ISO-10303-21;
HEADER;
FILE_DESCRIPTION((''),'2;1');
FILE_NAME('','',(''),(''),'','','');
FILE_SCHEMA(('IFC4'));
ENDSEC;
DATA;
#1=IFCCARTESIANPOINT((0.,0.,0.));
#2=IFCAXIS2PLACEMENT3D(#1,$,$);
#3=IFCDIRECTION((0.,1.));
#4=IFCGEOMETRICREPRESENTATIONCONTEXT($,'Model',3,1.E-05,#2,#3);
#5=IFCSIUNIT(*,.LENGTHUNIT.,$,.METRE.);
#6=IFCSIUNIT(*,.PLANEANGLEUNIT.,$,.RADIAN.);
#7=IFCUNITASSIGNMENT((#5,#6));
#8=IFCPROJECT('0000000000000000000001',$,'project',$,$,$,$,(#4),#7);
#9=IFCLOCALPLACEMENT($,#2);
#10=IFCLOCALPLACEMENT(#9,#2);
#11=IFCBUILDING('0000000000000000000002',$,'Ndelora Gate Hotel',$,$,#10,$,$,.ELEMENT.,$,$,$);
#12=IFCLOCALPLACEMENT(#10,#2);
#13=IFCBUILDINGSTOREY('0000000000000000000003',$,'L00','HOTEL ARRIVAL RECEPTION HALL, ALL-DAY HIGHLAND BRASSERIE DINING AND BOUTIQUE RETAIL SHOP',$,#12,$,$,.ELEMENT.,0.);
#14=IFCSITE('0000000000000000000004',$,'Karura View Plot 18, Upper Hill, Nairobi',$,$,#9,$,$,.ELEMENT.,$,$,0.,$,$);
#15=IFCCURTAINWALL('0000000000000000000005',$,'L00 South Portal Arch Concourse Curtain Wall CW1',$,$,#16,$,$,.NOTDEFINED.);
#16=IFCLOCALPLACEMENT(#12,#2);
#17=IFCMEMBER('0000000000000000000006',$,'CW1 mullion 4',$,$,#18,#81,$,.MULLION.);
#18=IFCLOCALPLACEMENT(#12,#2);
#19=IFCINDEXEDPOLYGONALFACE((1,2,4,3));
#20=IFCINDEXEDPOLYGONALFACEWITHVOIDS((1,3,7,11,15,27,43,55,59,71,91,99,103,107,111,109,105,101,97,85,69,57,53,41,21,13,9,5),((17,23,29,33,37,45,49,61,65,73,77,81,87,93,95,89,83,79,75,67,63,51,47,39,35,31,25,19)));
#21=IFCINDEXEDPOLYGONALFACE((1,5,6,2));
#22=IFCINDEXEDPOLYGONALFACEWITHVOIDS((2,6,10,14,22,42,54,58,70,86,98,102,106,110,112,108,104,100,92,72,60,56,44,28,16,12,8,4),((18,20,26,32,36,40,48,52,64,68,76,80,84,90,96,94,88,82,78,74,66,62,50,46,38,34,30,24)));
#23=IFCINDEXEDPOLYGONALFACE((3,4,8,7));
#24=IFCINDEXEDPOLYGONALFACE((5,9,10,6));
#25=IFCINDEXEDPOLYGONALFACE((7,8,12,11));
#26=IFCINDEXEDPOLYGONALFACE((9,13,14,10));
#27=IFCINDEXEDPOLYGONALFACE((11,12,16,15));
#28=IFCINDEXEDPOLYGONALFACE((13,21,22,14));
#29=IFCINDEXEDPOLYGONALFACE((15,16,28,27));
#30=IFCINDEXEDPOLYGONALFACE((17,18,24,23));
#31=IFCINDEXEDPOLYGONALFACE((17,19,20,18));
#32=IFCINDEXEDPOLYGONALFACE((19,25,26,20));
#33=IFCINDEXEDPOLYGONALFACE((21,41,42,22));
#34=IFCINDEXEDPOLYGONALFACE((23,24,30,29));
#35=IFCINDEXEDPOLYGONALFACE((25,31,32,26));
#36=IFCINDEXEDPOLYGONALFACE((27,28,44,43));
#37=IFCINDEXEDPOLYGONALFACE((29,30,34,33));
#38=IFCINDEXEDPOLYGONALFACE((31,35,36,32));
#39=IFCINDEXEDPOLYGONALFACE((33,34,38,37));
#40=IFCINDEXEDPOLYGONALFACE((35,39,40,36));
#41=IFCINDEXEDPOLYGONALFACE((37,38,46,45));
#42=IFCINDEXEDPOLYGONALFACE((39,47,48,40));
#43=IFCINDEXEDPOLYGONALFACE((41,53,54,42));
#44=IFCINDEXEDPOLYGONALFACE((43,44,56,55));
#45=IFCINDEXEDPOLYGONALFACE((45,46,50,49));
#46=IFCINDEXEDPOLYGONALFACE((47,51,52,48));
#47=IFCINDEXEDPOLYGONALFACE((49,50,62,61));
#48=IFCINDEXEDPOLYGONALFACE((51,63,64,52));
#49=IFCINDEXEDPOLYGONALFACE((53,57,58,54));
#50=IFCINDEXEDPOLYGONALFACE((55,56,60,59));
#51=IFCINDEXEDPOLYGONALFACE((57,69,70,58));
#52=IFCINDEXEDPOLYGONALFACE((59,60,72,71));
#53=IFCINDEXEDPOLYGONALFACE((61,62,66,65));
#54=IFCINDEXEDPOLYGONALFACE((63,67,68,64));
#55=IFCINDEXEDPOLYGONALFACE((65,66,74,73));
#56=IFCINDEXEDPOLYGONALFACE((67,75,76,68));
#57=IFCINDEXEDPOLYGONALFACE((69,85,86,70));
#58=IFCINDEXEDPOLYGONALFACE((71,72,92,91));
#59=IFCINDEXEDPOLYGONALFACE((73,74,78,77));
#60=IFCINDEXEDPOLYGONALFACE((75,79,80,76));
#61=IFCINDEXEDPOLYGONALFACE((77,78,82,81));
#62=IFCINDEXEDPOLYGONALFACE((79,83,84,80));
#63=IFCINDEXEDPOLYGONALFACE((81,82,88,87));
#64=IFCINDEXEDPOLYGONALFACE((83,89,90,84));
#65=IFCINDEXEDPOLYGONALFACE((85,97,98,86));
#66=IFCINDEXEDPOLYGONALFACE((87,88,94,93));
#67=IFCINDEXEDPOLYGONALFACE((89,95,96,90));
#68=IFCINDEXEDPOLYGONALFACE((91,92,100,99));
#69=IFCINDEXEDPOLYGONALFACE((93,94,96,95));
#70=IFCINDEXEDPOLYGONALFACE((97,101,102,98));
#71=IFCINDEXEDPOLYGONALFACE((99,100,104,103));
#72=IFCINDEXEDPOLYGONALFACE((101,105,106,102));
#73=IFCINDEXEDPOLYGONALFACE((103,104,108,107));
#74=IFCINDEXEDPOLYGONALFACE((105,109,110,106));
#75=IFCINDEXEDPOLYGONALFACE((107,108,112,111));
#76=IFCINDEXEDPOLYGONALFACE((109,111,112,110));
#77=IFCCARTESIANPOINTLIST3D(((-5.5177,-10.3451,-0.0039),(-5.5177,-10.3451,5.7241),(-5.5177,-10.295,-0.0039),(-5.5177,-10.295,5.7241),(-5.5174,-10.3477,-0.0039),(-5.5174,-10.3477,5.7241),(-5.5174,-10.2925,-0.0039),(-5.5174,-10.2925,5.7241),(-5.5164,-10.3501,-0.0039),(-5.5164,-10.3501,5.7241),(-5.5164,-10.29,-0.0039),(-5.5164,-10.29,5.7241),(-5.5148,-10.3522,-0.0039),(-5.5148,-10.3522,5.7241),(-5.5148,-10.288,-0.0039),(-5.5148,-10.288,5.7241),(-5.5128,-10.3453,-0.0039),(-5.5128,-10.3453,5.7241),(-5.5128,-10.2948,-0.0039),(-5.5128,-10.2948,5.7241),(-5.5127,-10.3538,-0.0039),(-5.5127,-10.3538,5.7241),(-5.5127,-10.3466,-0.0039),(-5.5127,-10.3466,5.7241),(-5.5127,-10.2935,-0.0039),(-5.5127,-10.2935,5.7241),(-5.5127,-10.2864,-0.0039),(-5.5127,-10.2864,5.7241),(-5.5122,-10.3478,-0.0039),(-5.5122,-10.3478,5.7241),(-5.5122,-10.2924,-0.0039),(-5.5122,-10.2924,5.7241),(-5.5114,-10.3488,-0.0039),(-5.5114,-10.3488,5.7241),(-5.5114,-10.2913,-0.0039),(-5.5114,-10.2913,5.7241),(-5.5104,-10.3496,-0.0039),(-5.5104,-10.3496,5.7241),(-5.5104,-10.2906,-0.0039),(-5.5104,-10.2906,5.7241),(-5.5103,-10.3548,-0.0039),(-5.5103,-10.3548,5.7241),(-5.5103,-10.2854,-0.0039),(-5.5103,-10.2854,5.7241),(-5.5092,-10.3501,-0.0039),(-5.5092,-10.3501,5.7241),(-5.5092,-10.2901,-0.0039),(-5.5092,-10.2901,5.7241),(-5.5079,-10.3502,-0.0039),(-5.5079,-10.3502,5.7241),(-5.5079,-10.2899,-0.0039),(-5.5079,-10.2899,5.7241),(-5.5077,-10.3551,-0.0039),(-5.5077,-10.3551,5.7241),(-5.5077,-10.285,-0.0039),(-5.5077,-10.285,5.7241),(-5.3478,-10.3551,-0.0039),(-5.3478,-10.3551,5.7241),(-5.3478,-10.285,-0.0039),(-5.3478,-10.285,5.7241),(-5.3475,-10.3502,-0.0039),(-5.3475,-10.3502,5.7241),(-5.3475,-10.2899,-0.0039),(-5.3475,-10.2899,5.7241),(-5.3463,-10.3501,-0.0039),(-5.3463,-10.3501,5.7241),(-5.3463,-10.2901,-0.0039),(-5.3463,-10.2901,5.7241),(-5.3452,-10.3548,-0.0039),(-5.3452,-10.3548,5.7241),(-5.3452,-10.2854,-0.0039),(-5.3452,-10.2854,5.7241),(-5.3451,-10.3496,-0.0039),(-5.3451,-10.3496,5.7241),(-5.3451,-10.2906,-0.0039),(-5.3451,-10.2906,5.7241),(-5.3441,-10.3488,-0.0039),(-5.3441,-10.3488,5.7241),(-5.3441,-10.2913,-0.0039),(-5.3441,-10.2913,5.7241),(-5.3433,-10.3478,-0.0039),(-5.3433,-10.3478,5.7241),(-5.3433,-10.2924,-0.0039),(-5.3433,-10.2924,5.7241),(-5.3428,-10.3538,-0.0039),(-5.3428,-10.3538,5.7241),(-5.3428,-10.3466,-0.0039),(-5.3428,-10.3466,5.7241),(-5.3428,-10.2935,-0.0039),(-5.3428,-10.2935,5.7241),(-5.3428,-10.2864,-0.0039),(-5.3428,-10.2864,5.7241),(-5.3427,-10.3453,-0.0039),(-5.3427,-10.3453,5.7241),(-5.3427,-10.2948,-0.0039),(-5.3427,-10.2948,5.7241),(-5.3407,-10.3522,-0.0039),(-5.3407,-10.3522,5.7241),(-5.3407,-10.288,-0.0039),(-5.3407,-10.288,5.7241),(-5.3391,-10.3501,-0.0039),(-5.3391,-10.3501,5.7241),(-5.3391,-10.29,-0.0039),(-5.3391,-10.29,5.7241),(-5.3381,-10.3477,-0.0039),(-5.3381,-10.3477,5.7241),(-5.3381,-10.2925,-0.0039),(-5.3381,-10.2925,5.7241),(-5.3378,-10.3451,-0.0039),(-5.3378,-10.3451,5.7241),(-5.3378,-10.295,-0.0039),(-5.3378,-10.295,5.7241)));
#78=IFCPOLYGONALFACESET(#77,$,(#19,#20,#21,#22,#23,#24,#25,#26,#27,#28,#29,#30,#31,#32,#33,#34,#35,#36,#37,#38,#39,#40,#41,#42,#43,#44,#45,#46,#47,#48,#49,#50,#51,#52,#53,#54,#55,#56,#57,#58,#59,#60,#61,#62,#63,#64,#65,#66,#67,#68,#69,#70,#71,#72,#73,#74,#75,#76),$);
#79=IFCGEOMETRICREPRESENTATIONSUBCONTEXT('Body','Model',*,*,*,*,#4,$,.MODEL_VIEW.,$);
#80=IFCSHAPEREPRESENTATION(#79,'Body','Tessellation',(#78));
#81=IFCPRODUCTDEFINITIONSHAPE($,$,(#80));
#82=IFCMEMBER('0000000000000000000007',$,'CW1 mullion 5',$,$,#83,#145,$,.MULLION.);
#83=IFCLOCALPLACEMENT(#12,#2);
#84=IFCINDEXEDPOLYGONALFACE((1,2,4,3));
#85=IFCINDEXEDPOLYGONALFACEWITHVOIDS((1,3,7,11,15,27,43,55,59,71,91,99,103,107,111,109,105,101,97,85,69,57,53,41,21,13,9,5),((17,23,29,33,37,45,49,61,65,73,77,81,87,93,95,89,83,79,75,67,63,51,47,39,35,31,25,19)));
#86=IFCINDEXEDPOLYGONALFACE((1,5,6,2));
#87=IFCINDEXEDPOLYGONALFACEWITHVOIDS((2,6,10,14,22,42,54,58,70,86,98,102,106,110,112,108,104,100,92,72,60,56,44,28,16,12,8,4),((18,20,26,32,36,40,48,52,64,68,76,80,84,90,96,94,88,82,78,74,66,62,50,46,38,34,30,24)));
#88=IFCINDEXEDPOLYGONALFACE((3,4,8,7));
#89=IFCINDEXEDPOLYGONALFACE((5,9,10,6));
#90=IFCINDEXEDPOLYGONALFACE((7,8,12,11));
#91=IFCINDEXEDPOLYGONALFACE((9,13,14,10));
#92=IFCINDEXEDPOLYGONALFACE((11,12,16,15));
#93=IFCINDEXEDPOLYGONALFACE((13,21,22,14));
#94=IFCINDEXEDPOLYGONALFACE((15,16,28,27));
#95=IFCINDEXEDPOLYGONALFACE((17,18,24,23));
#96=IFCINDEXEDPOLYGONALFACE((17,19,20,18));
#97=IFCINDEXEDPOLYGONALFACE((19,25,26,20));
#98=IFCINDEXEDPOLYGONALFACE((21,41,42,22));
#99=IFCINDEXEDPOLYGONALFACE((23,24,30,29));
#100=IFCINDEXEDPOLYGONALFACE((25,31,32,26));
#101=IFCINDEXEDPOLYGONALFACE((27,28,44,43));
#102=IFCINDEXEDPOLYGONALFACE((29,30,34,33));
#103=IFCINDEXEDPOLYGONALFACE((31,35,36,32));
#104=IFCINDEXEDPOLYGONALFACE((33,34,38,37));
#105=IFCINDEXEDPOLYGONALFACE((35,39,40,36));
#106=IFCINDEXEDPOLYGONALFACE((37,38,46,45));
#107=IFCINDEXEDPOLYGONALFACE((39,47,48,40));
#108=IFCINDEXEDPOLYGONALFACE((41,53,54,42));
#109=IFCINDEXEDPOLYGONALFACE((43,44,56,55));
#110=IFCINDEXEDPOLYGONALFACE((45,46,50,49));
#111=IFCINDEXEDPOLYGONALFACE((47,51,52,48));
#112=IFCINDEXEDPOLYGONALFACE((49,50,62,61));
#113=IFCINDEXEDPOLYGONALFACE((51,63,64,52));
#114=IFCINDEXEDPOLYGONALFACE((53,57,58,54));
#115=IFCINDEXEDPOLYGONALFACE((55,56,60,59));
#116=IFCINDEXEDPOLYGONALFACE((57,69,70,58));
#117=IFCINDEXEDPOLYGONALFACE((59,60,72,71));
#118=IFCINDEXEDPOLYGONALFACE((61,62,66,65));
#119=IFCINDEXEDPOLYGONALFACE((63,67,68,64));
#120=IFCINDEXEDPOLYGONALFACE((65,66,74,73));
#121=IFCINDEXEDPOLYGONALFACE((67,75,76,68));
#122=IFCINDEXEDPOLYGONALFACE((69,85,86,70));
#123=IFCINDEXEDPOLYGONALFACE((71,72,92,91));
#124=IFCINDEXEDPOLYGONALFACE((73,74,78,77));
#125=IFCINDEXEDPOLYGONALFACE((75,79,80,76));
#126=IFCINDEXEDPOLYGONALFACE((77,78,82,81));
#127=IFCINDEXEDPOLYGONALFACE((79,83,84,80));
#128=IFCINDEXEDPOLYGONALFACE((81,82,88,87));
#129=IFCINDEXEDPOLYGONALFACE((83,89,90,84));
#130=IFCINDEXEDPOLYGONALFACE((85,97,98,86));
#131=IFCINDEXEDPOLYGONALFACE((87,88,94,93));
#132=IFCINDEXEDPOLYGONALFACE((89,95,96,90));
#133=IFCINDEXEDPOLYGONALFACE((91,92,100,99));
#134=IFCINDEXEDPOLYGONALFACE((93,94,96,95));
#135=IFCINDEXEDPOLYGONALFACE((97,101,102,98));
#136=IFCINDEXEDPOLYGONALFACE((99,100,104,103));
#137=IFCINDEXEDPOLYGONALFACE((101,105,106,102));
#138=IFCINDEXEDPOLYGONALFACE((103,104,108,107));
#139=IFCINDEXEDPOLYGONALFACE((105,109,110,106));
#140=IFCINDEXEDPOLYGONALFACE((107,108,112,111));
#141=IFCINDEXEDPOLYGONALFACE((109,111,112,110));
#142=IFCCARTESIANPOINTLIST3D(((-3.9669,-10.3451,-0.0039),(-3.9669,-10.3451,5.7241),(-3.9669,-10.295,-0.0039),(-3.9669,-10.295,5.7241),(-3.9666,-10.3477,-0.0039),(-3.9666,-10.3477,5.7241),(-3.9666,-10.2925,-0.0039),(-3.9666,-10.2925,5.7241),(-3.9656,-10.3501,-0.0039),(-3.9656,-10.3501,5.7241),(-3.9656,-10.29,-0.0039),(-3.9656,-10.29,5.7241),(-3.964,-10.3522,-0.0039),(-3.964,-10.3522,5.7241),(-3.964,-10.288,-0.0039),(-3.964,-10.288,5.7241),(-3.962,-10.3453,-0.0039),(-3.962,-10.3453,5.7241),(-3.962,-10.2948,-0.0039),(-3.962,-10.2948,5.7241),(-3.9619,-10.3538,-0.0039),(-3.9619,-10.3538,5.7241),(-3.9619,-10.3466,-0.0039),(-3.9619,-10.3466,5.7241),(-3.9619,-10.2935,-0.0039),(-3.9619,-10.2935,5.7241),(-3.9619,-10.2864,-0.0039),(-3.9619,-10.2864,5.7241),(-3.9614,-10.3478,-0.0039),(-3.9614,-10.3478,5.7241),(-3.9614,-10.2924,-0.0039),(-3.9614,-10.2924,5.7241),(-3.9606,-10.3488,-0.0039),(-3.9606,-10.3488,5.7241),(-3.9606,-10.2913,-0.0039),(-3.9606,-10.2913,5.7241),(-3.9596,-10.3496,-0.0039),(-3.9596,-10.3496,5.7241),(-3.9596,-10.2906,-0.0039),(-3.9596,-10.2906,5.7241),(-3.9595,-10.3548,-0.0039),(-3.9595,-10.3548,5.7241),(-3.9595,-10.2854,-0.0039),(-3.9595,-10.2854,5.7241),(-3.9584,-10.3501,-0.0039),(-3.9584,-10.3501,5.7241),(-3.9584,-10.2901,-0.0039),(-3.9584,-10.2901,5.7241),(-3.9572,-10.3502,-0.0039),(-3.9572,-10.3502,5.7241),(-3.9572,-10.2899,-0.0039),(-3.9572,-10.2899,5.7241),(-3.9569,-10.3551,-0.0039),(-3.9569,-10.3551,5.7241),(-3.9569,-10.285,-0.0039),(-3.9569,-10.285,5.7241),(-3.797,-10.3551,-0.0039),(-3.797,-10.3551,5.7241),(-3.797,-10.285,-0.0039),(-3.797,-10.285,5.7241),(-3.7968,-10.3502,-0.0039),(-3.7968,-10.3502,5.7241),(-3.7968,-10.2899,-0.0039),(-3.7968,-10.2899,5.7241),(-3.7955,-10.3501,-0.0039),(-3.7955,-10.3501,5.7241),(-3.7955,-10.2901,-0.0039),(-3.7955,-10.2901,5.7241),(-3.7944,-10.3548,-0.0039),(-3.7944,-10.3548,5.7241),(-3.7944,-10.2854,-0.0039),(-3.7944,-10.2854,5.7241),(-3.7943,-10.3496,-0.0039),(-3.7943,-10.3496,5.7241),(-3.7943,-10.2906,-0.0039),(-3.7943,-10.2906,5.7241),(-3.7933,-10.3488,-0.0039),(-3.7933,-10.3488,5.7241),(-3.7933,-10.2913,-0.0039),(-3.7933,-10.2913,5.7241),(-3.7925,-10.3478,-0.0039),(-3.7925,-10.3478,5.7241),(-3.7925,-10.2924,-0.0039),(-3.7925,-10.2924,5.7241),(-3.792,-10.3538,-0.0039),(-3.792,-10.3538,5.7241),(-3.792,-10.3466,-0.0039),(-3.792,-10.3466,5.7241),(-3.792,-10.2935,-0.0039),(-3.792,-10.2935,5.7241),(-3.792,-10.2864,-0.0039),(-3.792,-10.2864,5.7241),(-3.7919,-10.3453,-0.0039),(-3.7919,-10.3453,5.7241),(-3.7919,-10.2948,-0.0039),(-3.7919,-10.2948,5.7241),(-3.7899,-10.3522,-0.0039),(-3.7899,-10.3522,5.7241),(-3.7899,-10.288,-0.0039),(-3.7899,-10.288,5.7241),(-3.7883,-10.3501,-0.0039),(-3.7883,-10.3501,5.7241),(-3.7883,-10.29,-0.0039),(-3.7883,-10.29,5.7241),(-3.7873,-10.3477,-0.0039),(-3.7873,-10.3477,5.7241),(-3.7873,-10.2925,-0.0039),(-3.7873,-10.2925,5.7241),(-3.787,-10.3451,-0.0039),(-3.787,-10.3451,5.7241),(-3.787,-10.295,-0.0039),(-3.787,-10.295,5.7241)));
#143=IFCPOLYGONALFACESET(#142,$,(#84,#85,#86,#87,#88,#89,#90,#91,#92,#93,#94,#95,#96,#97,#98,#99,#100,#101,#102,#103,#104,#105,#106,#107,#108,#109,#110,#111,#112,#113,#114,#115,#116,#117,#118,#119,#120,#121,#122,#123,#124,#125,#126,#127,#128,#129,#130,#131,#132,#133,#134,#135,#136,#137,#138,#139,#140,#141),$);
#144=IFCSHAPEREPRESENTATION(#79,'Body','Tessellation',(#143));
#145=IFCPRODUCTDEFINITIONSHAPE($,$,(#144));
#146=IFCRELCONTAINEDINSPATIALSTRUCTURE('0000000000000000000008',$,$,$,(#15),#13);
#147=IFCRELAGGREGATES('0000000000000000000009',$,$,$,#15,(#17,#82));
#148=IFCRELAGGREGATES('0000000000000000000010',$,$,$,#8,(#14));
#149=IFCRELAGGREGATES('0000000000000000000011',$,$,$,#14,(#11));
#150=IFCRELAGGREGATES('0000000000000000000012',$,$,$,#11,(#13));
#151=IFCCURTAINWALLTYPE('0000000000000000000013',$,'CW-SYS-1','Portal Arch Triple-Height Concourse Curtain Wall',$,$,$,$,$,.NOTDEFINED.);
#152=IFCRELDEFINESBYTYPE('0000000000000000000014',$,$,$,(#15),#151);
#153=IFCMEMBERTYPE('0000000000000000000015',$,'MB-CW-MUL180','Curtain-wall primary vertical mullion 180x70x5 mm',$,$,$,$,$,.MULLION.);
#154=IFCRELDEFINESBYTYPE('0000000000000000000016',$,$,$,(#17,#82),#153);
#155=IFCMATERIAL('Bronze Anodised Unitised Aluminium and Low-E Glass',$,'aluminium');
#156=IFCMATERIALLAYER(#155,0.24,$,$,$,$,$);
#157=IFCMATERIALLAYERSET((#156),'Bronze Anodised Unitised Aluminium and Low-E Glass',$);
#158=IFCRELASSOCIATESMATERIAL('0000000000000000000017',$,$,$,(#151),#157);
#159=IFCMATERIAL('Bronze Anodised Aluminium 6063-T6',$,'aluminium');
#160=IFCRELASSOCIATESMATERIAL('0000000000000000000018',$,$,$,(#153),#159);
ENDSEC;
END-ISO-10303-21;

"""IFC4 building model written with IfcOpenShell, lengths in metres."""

from ifc_helpers import new_model, si_unit, direction, frame, origin, origin_2d, place, context, subcontext, project, spatial, hollow_rectangle, extrude, material, layer, layer_set, material_profile, profile_set, type_object, element, aggregate, save


model = new_model("IFC4")

# Units and contexts
model_context = context("Model", 3, precision=1e-05, world=origin(), true_north=direction((0.0, 1.0)))
body_context = subcontext(model_context, "Body", "Model", "MODEL_VIEW")
ifc_project = project(units=[si_unit("LENGTHUNIT", "METRE"), si_unit("PLANEANGLEUNIT", "RADIAN")], contexts=[model_context])

# Site, building, storey
site_placement = place(None, origin())
site = spatial("IfcSite", under=ifc_project, at=site_placement, Name="Karura View Plot 18, Upper Hill, Nairobi", CompositionType="ELEMENT", RefElevation=0.0)
building_placement = place(site_placement, origin())
building = spatial("IfcBuilding", under=site, at=building_placement, Name="Ndelora Gate Hotel", CompositionType="ELEMENT")
storey_placement = place(building_placement, origin())
storey = spatial("IfcBuildingStorey", under=building, at=storey_placement, Name="L00", Description="HOTEL ARRIVAL RECEPTION HALL, ALL-DAY HIGHLAND BRASSERIE DINING AND BOUTIQUE RETAIL SHOP", CompositionType="ELEMENT", Elevation=0.0)

# Curtain wall, members
ifc_material_1 = material(Name="Bronze Anodised Unitised Aluminium and Low-E Glass", Category="aluminium")
ifc_layer_1 = layer(ifc_material_1, 0.24)
ifc_layer_set_1 = layer_set([ifc_layer_1], Name="Bronze Anodised Unitised Aluminium and Low-E Glass")
curtain_wall_type = type_object("IfcCurtainWallType", Name="CW-SYS-1", Description="Portal Arch Triple-Height Concourse Curtain Wall", PredefinedType="NOTDEFINED", material=ifc_layer_set_1)
curtain_wall_placement = place(storey_placement, origin())
curtain_wall = element("IfcCurtainWall", 1, at=curtain_wall_placement, inside=storey, type_object=curtain_wall_type, Name="L00 South Portal Arch Concourse Curtain Wall CW1", PredefinedType="NOTDEFINED")
ifc_material_2 = material(Name="Bronze Anodised Aluminium 6063-T6", Category="aluminium")
ifc_material_profile_1 = material_profile(ifc_material_2, hollow_rectangle(XDim=0.0701, YDim=0.1799, WallThickness=0.0049, InnerFilletRadius=0.0049, OuterFilletRadius=0.01, at=origin_2d()), Name="ALU 180x70x5")
ifc_profile_set_1 = profile_set([ifc_material_profile_1], Name="Bronze Anodised Aluminium 6063-T6")
member_type_1 = type_object("IfcMemberType", Name="MB-CW-MUL180", Description="Curtain-wall primary vertical mullion 180x70x5 mm", PredefinedType="MULLION", material=ifc_profile_set_1)
member_1_placement = place(storey_placement, frame((-5.4277, -10.3201, -0.0039), z_axis=(0.0, 0.0, 1.0), x_axis=(0.0, 1.0, 0.0)))
member_1 = element("IfcMember", 2, at=member_1_placement, type_object=member_type_1, Name="CW1 mullion 4", PredefinedType="MULLION", context=body_context, shape_type="SweptSolid", body=[
    extrude(hollow_rectangle(XDim=0.0701, YDim=0.1799, WallThickness=0.0049, InnerFilletRadius=0.0049, OuterFilletRadius=0.01, at=origin_2d()), origin(), (0.0, 0.0, 1.0), 5.728),
])
member_2_placement = place(storey_placement, frame((-3.877, -10.3201, -0.0039), z_axis=(0.0, 0.0, 1.0), x_axis=(0.0, 1.0, 0.0)))
member_2 = element("IfcMember", 3, at=member_2_placement, type_object=member_type_1, Name="CW1 mullion 5", PredefinedType="MULLION", context=body_context, shape_type="SweptSolid", body=[
    extrude(hollow_rectangle(XDim=0.0701, YDim=0.1799, WallThickness=0.0049, InnerFilletRadius=0.0049, OuterFilletRadius=0.01, at=origin_2d()), origin(), (0.0, 0.0, 1.0), 5.728),
])
aggregate(curtain_wall, [member_1, member_2])

save(model, "model.ifc")
